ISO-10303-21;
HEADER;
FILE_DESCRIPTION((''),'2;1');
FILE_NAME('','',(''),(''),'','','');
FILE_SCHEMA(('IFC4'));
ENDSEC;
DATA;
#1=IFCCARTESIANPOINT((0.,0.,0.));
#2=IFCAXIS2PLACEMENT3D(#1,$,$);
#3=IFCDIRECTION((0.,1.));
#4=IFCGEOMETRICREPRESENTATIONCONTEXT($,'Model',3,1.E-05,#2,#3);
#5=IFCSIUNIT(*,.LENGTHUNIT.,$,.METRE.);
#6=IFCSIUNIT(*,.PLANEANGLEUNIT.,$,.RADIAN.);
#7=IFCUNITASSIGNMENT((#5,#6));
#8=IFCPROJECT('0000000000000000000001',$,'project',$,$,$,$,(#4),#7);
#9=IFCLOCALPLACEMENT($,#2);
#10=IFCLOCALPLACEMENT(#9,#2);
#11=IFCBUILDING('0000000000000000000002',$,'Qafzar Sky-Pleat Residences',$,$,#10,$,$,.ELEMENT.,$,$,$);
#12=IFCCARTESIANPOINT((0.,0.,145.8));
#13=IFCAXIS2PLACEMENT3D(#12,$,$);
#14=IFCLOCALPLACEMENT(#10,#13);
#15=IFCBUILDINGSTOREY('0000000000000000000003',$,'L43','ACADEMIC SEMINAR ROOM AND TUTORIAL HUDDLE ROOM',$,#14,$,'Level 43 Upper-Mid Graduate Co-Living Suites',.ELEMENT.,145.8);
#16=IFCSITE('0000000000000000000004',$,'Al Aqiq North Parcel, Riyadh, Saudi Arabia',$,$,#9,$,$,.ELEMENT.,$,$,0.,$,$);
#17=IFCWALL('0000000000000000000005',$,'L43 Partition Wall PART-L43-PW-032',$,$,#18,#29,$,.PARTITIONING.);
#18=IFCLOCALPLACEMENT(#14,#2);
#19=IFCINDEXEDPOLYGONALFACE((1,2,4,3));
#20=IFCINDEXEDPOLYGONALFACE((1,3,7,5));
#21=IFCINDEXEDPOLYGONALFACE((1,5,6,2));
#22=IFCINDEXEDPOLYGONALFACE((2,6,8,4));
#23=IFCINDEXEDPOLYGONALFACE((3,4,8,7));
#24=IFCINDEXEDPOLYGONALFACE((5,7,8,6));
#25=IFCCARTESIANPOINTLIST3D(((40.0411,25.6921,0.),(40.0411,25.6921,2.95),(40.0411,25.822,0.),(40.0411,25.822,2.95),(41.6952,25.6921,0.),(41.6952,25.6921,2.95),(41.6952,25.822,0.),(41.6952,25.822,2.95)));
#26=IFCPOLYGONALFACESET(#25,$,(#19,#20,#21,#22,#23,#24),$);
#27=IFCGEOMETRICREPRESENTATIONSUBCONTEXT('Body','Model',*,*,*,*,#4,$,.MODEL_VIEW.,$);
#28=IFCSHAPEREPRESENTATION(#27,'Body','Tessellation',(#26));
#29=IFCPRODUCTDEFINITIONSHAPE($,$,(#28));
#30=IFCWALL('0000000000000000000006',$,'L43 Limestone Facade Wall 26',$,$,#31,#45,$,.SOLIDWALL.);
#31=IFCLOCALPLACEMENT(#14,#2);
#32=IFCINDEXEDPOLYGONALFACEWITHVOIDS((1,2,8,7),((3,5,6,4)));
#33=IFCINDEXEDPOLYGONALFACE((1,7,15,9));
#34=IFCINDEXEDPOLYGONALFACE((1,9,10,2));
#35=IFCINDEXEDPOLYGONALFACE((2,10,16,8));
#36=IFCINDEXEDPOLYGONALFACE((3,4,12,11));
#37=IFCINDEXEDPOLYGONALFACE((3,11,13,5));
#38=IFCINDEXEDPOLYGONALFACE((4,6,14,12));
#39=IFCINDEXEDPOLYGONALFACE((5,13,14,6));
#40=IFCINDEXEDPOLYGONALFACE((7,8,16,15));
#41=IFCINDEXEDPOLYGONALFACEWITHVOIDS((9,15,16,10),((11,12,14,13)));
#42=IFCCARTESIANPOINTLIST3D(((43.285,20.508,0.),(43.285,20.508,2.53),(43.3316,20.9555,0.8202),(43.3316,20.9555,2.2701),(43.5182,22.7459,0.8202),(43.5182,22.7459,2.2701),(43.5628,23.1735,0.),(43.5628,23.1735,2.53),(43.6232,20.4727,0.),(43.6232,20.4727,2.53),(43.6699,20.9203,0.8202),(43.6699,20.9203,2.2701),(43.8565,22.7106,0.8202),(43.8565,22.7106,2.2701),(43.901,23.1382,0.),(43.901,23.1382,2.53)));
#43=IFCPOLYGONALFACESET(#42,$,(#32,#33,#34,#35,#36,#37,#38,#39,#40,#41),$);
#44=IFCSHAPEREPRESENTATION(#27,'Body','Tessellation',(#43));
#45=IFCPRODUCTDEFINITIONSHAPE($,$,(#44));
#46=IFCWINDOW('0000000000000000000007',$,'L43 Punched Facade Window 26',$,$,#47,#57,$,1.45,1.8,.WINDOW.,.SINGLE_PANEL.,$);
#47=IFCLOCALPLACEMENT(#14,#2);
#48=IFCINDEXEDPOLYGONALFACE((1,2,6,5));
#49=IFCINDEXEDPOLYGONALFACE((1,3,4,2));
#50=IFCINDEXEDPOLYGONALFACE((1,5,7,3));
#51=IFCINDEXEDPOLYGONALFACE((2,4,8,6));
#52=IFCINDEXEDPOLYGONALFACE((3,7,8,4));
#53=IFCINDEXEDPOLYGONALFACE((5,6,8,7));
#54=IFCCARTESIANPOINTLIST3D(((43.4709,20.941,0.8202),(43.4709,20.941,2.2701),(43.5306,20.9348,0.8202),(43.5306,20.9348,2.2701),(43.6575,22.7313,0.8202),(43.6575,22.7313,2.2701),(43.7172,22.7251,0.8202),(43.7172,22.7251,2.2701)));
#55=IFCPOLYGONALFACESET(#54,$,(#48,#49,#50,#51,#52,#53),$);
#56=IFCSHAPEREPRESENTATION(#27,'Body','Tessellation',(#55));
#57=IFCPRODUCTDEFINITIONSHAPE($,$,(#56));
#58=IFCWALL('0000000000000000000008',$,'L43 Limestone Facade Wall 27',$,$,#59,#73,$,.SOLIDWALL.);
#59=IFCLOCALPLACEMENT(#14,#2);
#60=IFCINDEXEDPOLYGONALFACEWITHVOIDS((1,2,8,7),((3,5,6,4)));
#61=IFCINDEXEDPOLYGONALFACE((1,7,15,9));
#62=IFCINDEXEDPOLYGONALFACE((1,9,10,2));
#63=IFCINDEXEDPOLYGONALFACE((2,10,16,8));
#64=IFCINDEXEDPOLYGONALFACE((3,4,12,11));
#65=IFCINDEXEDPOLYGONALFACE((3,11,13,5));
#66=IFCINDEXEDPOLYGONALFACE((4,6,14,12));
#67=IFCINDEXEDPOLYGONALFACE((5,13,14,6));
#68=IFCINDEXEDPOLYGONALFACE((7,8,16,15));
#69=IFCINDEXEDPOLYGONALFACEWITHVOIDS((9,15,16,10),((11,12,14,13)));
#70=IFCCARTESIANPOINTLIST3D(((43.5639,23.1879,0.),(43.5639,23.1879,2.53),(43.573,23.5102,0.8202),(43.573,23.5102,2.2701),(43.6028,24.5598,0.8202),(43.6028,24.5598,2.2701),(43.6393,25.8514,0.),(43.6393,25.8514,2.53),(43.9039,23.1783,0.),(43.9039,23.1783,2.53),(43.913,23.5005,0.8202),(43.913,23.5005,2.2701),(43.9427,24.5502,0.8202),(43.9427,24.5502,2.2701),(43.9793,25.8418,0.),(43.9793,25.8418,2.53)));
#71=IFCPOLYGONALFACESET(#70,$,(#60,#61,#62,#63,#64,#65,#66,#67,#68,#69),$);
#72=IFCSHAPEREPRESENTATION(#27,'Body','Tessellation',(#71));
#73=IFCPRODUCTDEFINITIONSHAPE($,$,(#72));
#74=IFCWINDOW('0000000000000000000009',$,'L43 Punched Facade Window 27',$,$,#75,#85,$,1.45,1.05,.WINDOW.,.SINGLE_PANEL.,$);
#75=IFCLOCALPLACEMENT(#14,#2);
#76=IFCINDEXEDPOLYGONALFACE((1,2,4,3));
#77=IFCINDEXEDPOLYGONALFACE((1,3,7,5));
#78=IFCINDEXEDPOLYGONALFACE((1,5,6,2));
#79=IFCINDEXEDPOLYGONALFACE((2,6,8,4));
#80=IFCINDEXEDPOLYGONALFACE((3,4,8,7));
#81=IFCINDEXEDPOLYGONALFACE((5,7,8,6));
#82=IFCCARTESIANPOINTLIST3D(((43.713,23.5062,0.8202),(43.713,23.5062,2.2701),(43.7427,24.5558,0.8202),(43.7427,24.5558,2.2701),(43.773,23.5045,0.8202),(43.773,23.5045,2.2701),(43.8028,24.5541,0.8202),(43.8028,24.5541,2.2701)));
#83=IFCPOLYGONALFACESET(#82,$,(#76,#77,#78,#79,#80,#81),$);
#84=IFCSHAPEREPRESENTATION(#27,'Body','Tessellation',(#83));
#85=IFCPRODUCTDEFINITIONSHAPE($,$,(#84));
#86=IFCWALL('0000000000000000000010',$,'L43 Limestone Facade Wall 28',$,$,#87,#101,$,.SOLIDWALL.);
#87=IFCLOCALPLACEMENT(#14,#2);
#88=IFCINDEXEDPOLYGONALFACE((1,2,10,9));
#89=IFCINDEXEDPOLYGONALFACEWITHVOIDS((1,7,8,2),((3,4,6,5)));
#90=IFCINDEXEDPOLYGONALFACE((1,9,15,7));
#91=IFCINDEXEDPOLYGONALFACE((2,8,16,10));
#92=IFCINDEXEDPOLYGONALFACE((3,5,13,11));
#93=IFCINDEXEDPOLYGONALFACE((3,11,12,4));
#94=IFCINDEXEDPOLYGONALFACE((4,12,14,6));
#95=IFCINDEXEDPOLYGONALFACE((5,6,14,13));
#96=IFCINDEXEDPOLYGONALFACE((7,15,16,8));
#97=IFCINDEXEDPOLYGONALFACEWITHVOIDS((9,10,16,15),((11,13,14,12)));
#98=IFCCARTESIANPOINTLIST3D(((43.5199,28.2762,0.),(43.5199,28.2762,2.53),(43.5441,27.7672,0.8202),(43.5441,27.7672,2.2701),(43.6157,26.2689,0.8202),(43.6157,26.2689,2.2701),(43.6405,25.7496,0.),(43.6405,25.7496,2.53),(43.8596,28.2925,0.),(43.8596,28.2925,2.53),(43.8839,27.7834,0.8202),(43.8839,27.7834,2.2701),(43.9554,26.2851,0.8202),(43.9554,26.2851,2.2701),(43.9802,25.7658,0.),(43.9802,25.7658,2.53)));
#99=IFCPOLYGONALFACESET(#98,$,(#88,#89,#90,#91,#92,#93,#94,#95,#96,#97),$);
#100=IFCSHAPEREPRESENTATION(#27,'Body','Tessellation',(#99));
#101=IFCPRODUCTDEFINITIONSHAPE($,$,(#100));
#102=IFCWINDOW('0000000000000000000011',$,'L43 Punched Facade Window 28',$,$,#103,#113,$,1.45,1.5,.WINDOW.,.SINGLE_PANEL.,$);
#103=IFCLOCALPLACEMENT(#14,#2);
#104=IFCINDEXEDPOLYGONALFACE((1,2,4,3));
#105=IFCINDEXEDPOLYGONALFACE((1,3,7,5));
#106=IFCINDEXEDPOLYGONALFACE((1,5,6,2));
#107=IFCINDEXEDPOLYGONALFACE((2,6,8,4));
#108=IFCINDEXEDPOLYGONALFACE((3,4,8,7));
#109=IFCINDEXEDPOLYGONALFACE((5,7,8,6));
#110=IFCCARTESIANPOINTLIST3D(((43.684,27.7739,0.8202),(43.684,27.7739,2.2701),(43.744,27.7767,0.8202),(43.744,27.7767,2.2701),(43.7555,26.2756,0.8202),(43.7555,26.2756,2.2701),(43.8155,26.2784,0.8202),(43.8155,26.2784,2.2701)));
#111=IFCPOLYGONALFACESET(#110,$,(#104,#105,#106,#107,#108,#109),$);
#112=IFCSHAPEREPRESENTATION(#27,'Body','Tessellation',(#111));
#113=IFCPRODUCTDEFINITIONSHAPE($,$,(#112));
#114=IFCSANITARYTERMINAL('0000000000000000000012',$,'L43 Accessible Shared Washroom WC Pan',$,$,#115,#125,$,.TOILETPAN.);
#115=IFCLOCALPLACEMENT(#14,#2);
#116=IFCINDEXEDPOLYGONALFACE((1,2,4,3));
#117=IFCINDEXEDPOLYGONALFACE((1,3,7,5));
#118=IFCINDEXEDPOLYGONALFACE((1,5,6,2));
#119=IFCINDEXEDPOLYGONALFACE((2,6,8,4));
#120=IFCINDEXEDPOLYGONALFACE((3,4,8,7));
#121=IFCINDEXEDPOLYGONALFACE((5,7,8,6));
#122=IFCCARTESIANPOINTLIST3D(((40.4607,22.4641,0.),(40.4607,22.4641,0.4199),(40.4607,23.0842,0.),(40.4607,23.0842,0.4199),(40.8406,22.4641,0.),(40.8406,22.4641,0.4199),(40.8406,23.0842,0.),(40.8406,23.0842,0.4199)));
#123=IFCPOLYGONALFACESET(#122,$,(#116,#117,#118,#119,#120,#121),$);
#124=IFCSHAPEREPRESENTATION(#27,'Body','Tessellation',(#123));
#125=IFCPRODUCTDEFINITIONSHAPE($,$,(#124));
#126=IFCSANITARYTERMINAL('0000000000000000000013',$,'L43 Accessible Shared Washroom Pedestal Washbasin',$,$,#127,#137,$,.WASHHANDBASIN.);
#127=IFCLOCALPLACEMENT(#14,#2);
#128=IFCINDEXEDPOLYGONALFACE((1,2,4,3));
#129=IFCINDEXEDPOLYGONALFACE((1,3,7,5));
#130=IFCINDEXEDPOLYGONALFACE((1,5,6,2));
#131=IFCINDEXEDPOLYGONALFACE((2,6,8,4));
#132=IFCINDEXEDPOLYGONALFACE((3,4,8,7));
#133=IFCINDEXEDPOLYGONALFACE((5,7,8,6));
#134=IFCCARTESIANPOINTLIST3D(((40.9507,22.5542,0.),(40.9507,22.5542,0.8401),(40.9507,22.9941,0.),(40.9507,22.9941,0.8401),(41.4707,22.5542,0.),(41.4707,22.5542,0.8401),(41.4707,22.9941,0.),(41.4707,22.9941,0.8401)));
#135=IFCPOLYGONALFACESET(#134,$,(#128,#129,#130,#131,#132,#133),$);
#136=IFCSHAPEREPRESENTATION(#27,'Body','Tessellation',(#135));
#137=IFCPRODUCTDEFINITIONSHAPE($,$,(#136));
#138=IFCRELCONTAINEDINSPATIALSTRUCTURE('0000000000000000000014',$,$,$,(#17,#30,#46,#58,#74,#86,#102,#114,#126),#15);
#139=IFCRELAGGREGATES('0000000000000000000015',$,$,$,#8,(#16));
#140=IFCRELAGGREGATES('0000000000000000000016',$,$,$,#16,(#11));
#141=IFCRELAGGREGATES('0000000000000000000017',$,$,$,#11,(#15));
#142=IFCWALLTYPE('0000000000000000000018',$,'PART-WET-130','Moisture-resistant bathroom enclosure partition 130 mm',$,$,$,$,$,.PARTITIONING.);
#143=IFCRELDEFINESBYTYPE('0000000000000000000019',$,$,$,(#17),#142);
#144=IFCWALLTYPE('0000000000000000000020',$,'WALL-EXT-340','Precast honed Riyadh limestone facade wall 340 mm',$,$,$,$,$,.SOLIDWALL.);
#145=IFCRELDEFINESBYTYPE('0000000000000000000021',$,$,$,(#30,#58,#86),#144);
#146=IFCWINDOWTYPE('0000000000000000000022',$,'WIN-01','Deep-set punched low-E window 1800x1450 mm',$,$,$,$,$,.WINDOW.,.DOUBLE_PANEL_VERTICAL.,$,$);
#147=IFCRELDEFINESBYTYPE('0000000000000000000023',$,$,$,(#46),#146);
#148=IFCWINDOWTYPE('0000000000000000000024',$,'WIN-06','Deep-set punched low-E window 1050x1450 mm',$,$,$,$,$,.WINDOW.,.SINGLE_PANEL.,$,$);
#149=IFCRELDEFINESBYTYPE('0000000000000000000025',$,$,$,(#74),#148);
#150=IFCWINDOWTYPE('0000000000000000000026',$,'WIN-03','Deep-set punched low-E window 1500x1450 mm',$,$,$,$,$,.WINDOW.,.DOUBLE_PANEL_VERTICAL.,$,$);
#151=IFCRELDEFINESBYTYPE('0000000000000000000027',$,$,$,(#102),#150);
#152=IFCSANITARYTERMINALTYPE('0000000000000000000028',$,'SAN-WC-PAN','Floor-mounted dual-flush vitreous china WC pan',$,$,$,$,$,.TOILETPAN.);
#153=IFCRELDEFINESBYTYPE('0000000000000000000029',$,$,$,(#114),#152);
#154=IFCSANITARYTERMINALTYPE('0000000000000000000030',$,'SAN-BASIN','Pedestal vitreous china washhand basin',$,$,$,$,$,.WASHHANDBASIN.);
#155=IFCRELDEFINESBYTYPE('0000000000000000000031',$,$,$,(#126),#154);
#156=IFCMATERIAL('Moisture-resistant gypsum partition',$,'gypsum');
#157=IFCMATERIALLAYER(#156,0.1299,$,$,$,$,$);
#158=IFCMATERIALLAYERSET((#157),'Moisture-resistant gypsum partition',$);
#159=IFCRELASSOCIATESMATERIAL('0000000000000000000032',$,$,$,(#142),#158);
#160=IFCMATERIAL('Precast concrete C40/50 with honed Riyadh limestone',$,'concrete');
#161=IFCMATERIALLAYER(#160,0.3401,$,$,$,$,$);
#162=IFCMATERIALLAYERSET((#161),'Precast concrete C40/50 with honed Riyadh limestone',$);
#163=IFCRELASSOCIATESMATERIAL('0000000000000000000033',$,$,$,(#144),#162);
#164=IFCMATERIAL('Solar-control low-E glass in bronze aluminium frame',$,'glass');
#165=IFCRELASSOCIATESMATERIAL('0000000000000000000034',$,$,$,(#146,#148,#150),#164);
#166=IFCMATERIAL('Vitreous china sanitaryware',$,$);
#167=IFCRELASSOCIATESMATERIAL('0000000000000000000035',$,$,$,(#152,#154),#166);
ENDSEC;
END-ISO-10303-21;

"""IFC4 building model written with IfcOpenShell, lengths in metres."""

from ifc_helpers import new_model, si_unit, direction, frame, frame_2d, origin, origin_2d, place, context, subcontext, project, spatial, rectangle, extrude, source, transform, mapped, material, layer, layer_set, type_object, element, fill, save


model = new_model("IFC4")

# Units and contexts
model_context = context("Model", 3, precision=1e-05, world=origin(), true_north=direction((0.0, 1.0)))
body_context = subcontext(model_context, "Body", "Model", "MODEL_VIEW")
ifc_project = project(units=[si_unit("LENGTHUNIT", "METRE"), si_unit("PLANEANGLEUNIT", "RADIAN")], contexts=[model_context])

# Site, building, storey
site_placement = place(None, origin())
site = spatial("IfcSite", under=ifc_project, at=site_placement, Name="Al Aqiq North Parcel, Riyadh, Saudi Arabia", CompositionType="ELEMENT", RefElevation=0.0)
building_placement = place(site_placement, origin())
building = spatial("IfcBuilding", under=site, at=building_placement, Name="Qafzar Sky-Pleat Residences", CompositionType="ELEMENT")
storey_placement = place(building_placement, frame((0.0, 0.0, 145.8)))
storey = spatial("IfcBuildingStorey", under=building, at=storey_placement, Name="L43", Description="ACADEMIC SEMINAR ROOM AND TUTORIAL HUDDLE ROOM", LongName="Level 43 Upper-Mid Graduate Co-Living Suites", CompositionType="ELEMENT", Elevation=145.8)

# Wall
ifc_material_1 = material(Name="Moisture-resistant gypsum partition", Category="gypsum")
ifc_layer_1 = layer(ifc_material_1, 0.1299)
ifc_layer_set_1 = layer_set([ifc_layer_1], Name="Moisture-resistant gypsum partition")
wall_type_1 = type_object("IfcWallType", Name="PART-WET-130", Description="Moisture-resistant bathroom enclosure partition 130 mm", PredefinedType="PARTITIONING", material=ifc_layer_set_1)
wall_1_placement = place(storey_placement, frame((40.041, 25.7571, 0.0), z_axis=(0.0, 0.0, 1.0), x_axis=(1.0, 0.0, 0.0)))
element("IfcWall", 1, at=wall_1_placement, inside=storey, type_object=wall_type_1, Name="L43 Partition Wall PART-L43-PW-032", PredefinedType="PARTITIONING", context=body_context, shape_type="SweptSolid", body=[
    extrude(rectangle(XDim=1.6541, YDim=0.1299, at=frame_2d((0.8271, 0.0))), origin(), (0.0, 0.0, 1.0), 2.95),
])

# Walls, openings, windows
ifc_material_2 = material(Name="Precast concrete C40/50 with honed Riyadh limestone", Category="concrete")
ifc_layer_2 = layer(ifc_material_2, 0.3401)
ifc_layer_set_2 = layer_set([ifc_layer_2], Name="Precast concrete C40/50 with honed Riyadh limestone")
wall_type_2 = type_object("IfcWallType", Name="WALL-EXT-340", Description="Precast honed Riyadh limestone facade wall 340 mm", PredefinedType="SOLIDWALL", material=ifc_layer_set_2)
wall_2_placement = place(storey_placement, frame((43.4541, 20.4905, 0.0), z_axis=(0.0, 0.0, 1.0), x_axis=(0.10367, 0.994612, 0.0)))
wall_2 = element("IfcWall", 2, at=wall_2_placement, inside=storey, type_object=wall_type_2, Name="L43 Limestone Facade Wall 26", PredefinedType="SOLIDWALL", context=body_context, shape_type="SweptSolid", body=[
    extrude(rectangle(XDim=2.6799, YDim=0.3401, at=frame_2d((1.3398, 0.0))), origin(), (0.0, 0.0, 1.0), 2.53),
])
opening_1_placement = place(wall_2_placement, frame((0.45, 0.0, 0.8201)))
opening_1 = element("IfcOpeningElement", 3, at=opening_1_placement, cuts=wall_2, PredefinedType="OPENING", context=body_context, shape_type="SweptSolid", body=[
    extrude(rectangle(XDim=1.8, YDim=1.45, at=frame_2d((0.8999, 0.7251))), frame((0.0, 0.1802, 0.0), z_axis=(0.0, -1.0, 0.0), x_axis=(1.0, 0.0, 0.0)), (0.0, 0.0, 1.0), 0.3601),
])
ifc_material_3 = material(Name="Solar-control low-E glass in bronze aluminium frame", Category="glass")
window_type_1 = type_object("IfcWindowType", Name="WIN-01", Description="Deep-set punched low-E window 1800x1450 mm", PartitioningType="DOUBLE_PANEL_VERTICAL", PredefinedType="WINDOW", material=ifc_material_3)
shared_shape_1 = source(origin(), body_context, "Body", "SweptSolid", [
    extrude(rectangle(XDim=1.8, YDim=1.45, at=frame_2d((0.8999, 0.7251))), frame((0.0, 0.03, 0.0), z_axis=(0.0, -1.0, 0.0), x_axis=(1.0, 0.0, 0.0)), (0.0, 0.0, 1.0), 0.0601),
])
window_1_placement = place(opening_1_placement, origin())
window_1 = element("IfcWindow", 4, at=window_1_placement, inside=storey, type_object=window_type_1, Name="L43 Punched Facade Window 26", OverallHeight=1.45, OverallWidth=1.8, PartitioningType="SINGLE_PANEL", PredefinedType="WINDOW", context=body_context, shape_type="MappedRepresentation", body=[
    mapped(shared_shape_1, transform((0.0, 0.0, 0.0), x_axis=(1.0, 0.0, 0.0), y_axis=(0.0, 1.0, 0.0), z_axis=(0.0, 0.0, 1.0), scale=1.0)),
])
fill(opening_1, window_1)
wall_3_placement = place(storey_placement, frame((43.7339, 23.1831, 0.0), z_axis=(0.0, 0.0, 1.0), x_axis=(0.028311, 0.999599, 0.0)))
wall_3 = element("IfcWall", 5, at=wall_3_placement, inside=storey, type_object=wall_type_2, Name="L43 Limestone Facade Wall 27", PredefinedType="SOLIDWALL", context=body_context, shape_type="SweptSolid", body=[
    extrude(rectangle(XDim=2.6646, YDim=0.3401, at=frame_2d((1.3323, 0.0))), origin(), (0.0, 0.0, 1.0), 2.53),
])
opening_2_placement = place(wall_3_placement, frame((0.3225, 0.0, 0.8201)))
opening_2 = element("IfcOpeningElement", 6, at=opening_2_placement, cuts=wall_3, PredefinedType="OPENING", context=body_context, shape_type="SweptSolid", body=[
    extrude(rectangle(XDim=1.05, YDim=1.45, at=frame_2d((0.5249, 0.7251))), frame((0.0, 0.1802, 0.0), z_axis=(0.0, -1.0, 0.0), x_axis=(1.0, 0.0, 0.0)), (0.0, 0.0, 1.0), 0.3601),
])
window_type_2 = type_object("IfcWindowType", Name="WIN-06", Description="Deep-set punched low-E window 1050x1450 mm", PartitioningType="SINGLE_PANEL", PredefinedType="WINDOW", material=ifc_material_3)
shared_shape_2 = source(origin(), body_context, "Body", "SweptSolid", [
    extrude(rectangle(XDim=1.05, YDim=1.45, at=frame_2d((0.5249, 0.7251))), frame((0.0, 0.03, 0.0), z_axis=(0.0, -1.0, 0.0), x_axis=(1.0, 0.0, 0.0)), (0.0, 0.0, 1.0), 0.0601),
])
window_2_placement = place(opening_2_placement, origin())
window_2 = element("IfcWindow", 7, at=window_2_placement, inside=storey, type_object=window_type_2, Name="L43 Punched Facade Window 27", OverallHeight=1.45, OverallWidth=1.05, PartitioningType="SINGLE_PANEL", PredefinedType="WINDOW", context=body_context, shape_type="MappedRepresentation", body=[
    mapped(shared_shape_2, transform((0.0, 0.0, 0.0), x_axis=(1.0, 0.0, 0.0), y_axis=(0.0, 1.0, 0.0), z_axis=(0.0, 0.0, 1.0), scale=1.0)),
])
fill(opening_2, window_2)
wall_4_placement = place(storey_placement, frame((43.8103, 25.7578, 0.0), z_axis=(0.0, 0.0, 1.0), x_axis=(-0.04768, 0.998863, 0.0)))
wall_4 = element("IfcWall", 8, at=wall_4_placement, inside=storey, type_object=wall_type_2, Name="L43 Limestone Facade Wall 28", PredefinedType="SOLIDWALL", context=body_context, shape_type="SweptSolid", body=[
    extrude(rectangle(XDim=2.5295, YDim=0.3401, at=frame_2d((1.2646, 0.0))), origin(), (0.0, 0.0, 1.0), 2.53),
])
opening_3_placement = place(wall_4_placement, frame((0.5198, 0.0, 0.8201)))
opening_3 = element("IfcOpeningElement", 9, at=opening_3_placement, cuts=wall_4, PredefinedType="OPENING", context=body_context, shape_type="SweptSolid", body=[
    extrude(rectangle(XDim=1.5, YDim=1.45, at=frame_2d((0.75, 0.7251))), frame((0.0, 0.1802, 0.0), z_axis=(0.0, -1.0, 0.0), x_axis=(1.0, 0.0, 0.0)), (0.0, 0.0, 1.0), 0.3601),
])
window_type_3 = type_object("IfcWindowType", Name="WIN-03", Description="Deep-set punched low-E window 1500x1450 mm", PartitioningType="DOUBLE_PANEL_VERTICAL", PredefinedType="WINDOW", material=ifc_material_3)
shared_shape_3 = source(origin(), body_context, "Body", "SweptSolid", [
    extrude(rectangle(XDim=1.5, YDim=1.45, at=frame_2d((0.75, 0.7251))), frame((0.0, 0.03, 0.0), z_axis=(0.0, -1.0, 0.0), x_axis=(1.0, 0.0, 0.0)), (0.0, 0.0, 1.0), 0.0601),
])
window_3_placement = place(opening_3_placement, origin())
window_3 = element("IfcWindow", 10, at=window_3_placement, inside=storey, type_object=window_type_3, Name="L43 Punched Facade Window 28", OverallHeight=1.45, OverallWidth=1.5, PartitioningType="SINGLE_PANEL", PredefinedType="WINDOW", context=body_context, shape_type="MappedRepresentation", body=[
    mapped(shared_shape_3, transform((0.0, 0.0, 0.0), x_axis=(1.0, 0.0, 0.0), y_axis=(0.0, 1.0, 0.0), z_axis=(0.0, 0.0, 1.0), scale=1.0)),
])
fill(opening_3, window_3)

# Sanitary terminals
ifc_material_4 = material(Name="Vitreous china sanitaryware")
sanitary_terminal_type_1 = type_object("IfcSanitaryTerminalType", Name="SAN-WC-PAN", Description="Floor-mounted dual-flush vitreous china WC pan", PredefinedType="TOILETPAN", material=ifc_material_4)
shared_shape_4 = source(origin(), body_context, "Body", "SweptSolid", [
    extrude(rectangle(XDim=0.3799, YDim=0.6201, at=origin_2d()), origin(), (0.0, 0.0, 1.0), 0.4199),
])
sanitary_terminal_1_placement = place(storey_placement, frame((40.6506, 22.7742, 0.0), z_axis=(0.0, 0.0, 1.0), x_axis=(1.0, 0.0, 0.0)))
element("IfcSanitaryTerminal", 11, at=sanitary_terminal_1_placement, inside=storey, type_object=sanitary_terminal_type_1, Name="L43 Accessible Shared Washroom WC Pan", PredefinedType="TOILETPAN", context=body_context, shape_type="MappedRepresentation", body=[
    mapped(shared_shape_4, transform((0.0, 0.0, 0.0), x_axis=(1.0, 0.0, 0.0), y_axis=(0.0, 1.0, 0.0), z_axis=(0.0, 0.0, 1.0), scale=1.0)),
])
sanitary_terminal_type_2 = type_object("IfcSanitaryTerminalType", Name="SAN-BASIN", Description="Pedestal vitreous china washhand basin", PredefinedType="WASHHANDBASIN", material=ifc_material_4)
shared_shape_5 = source(origin(), body_context, "Body", "SweptSolid", [
    extrude(rectangle(XDim=0.52, YDim=0.4399, at=origin_2d()), origin(), (0.0, 0.0, 1.0), 0.8401),
])
sanitary_terminal_2_placement = place(storey_placement, frame((41.2107, 22.7742, 0.0), z_axis=(0.0, 0.0, 1.0), x_axis=(1.0, 0.0, 0.0)))
element("IfcSanitaryTerminal", 12, at=sanitary_terminal_2_placement, inside=storey, type_object=sanitary_terminal_type_2, Name="L43 Accessible Shared Washroom Pedestal Washbasin", PredefinedType="WASHHANDBASIN", context=body_context, shape_type="MappedRepresentation", body=[
    mapped(shared_shape_5, transform((0.0, 0.0, 0.0), x_axis=(1.0, 0.0, 0.0), y_axis=(0.0, 1.0, 0.0), z_axis=(0.0, 0.0, 1.0), scale=1.0)),
])

save(model, "model.ifc")
